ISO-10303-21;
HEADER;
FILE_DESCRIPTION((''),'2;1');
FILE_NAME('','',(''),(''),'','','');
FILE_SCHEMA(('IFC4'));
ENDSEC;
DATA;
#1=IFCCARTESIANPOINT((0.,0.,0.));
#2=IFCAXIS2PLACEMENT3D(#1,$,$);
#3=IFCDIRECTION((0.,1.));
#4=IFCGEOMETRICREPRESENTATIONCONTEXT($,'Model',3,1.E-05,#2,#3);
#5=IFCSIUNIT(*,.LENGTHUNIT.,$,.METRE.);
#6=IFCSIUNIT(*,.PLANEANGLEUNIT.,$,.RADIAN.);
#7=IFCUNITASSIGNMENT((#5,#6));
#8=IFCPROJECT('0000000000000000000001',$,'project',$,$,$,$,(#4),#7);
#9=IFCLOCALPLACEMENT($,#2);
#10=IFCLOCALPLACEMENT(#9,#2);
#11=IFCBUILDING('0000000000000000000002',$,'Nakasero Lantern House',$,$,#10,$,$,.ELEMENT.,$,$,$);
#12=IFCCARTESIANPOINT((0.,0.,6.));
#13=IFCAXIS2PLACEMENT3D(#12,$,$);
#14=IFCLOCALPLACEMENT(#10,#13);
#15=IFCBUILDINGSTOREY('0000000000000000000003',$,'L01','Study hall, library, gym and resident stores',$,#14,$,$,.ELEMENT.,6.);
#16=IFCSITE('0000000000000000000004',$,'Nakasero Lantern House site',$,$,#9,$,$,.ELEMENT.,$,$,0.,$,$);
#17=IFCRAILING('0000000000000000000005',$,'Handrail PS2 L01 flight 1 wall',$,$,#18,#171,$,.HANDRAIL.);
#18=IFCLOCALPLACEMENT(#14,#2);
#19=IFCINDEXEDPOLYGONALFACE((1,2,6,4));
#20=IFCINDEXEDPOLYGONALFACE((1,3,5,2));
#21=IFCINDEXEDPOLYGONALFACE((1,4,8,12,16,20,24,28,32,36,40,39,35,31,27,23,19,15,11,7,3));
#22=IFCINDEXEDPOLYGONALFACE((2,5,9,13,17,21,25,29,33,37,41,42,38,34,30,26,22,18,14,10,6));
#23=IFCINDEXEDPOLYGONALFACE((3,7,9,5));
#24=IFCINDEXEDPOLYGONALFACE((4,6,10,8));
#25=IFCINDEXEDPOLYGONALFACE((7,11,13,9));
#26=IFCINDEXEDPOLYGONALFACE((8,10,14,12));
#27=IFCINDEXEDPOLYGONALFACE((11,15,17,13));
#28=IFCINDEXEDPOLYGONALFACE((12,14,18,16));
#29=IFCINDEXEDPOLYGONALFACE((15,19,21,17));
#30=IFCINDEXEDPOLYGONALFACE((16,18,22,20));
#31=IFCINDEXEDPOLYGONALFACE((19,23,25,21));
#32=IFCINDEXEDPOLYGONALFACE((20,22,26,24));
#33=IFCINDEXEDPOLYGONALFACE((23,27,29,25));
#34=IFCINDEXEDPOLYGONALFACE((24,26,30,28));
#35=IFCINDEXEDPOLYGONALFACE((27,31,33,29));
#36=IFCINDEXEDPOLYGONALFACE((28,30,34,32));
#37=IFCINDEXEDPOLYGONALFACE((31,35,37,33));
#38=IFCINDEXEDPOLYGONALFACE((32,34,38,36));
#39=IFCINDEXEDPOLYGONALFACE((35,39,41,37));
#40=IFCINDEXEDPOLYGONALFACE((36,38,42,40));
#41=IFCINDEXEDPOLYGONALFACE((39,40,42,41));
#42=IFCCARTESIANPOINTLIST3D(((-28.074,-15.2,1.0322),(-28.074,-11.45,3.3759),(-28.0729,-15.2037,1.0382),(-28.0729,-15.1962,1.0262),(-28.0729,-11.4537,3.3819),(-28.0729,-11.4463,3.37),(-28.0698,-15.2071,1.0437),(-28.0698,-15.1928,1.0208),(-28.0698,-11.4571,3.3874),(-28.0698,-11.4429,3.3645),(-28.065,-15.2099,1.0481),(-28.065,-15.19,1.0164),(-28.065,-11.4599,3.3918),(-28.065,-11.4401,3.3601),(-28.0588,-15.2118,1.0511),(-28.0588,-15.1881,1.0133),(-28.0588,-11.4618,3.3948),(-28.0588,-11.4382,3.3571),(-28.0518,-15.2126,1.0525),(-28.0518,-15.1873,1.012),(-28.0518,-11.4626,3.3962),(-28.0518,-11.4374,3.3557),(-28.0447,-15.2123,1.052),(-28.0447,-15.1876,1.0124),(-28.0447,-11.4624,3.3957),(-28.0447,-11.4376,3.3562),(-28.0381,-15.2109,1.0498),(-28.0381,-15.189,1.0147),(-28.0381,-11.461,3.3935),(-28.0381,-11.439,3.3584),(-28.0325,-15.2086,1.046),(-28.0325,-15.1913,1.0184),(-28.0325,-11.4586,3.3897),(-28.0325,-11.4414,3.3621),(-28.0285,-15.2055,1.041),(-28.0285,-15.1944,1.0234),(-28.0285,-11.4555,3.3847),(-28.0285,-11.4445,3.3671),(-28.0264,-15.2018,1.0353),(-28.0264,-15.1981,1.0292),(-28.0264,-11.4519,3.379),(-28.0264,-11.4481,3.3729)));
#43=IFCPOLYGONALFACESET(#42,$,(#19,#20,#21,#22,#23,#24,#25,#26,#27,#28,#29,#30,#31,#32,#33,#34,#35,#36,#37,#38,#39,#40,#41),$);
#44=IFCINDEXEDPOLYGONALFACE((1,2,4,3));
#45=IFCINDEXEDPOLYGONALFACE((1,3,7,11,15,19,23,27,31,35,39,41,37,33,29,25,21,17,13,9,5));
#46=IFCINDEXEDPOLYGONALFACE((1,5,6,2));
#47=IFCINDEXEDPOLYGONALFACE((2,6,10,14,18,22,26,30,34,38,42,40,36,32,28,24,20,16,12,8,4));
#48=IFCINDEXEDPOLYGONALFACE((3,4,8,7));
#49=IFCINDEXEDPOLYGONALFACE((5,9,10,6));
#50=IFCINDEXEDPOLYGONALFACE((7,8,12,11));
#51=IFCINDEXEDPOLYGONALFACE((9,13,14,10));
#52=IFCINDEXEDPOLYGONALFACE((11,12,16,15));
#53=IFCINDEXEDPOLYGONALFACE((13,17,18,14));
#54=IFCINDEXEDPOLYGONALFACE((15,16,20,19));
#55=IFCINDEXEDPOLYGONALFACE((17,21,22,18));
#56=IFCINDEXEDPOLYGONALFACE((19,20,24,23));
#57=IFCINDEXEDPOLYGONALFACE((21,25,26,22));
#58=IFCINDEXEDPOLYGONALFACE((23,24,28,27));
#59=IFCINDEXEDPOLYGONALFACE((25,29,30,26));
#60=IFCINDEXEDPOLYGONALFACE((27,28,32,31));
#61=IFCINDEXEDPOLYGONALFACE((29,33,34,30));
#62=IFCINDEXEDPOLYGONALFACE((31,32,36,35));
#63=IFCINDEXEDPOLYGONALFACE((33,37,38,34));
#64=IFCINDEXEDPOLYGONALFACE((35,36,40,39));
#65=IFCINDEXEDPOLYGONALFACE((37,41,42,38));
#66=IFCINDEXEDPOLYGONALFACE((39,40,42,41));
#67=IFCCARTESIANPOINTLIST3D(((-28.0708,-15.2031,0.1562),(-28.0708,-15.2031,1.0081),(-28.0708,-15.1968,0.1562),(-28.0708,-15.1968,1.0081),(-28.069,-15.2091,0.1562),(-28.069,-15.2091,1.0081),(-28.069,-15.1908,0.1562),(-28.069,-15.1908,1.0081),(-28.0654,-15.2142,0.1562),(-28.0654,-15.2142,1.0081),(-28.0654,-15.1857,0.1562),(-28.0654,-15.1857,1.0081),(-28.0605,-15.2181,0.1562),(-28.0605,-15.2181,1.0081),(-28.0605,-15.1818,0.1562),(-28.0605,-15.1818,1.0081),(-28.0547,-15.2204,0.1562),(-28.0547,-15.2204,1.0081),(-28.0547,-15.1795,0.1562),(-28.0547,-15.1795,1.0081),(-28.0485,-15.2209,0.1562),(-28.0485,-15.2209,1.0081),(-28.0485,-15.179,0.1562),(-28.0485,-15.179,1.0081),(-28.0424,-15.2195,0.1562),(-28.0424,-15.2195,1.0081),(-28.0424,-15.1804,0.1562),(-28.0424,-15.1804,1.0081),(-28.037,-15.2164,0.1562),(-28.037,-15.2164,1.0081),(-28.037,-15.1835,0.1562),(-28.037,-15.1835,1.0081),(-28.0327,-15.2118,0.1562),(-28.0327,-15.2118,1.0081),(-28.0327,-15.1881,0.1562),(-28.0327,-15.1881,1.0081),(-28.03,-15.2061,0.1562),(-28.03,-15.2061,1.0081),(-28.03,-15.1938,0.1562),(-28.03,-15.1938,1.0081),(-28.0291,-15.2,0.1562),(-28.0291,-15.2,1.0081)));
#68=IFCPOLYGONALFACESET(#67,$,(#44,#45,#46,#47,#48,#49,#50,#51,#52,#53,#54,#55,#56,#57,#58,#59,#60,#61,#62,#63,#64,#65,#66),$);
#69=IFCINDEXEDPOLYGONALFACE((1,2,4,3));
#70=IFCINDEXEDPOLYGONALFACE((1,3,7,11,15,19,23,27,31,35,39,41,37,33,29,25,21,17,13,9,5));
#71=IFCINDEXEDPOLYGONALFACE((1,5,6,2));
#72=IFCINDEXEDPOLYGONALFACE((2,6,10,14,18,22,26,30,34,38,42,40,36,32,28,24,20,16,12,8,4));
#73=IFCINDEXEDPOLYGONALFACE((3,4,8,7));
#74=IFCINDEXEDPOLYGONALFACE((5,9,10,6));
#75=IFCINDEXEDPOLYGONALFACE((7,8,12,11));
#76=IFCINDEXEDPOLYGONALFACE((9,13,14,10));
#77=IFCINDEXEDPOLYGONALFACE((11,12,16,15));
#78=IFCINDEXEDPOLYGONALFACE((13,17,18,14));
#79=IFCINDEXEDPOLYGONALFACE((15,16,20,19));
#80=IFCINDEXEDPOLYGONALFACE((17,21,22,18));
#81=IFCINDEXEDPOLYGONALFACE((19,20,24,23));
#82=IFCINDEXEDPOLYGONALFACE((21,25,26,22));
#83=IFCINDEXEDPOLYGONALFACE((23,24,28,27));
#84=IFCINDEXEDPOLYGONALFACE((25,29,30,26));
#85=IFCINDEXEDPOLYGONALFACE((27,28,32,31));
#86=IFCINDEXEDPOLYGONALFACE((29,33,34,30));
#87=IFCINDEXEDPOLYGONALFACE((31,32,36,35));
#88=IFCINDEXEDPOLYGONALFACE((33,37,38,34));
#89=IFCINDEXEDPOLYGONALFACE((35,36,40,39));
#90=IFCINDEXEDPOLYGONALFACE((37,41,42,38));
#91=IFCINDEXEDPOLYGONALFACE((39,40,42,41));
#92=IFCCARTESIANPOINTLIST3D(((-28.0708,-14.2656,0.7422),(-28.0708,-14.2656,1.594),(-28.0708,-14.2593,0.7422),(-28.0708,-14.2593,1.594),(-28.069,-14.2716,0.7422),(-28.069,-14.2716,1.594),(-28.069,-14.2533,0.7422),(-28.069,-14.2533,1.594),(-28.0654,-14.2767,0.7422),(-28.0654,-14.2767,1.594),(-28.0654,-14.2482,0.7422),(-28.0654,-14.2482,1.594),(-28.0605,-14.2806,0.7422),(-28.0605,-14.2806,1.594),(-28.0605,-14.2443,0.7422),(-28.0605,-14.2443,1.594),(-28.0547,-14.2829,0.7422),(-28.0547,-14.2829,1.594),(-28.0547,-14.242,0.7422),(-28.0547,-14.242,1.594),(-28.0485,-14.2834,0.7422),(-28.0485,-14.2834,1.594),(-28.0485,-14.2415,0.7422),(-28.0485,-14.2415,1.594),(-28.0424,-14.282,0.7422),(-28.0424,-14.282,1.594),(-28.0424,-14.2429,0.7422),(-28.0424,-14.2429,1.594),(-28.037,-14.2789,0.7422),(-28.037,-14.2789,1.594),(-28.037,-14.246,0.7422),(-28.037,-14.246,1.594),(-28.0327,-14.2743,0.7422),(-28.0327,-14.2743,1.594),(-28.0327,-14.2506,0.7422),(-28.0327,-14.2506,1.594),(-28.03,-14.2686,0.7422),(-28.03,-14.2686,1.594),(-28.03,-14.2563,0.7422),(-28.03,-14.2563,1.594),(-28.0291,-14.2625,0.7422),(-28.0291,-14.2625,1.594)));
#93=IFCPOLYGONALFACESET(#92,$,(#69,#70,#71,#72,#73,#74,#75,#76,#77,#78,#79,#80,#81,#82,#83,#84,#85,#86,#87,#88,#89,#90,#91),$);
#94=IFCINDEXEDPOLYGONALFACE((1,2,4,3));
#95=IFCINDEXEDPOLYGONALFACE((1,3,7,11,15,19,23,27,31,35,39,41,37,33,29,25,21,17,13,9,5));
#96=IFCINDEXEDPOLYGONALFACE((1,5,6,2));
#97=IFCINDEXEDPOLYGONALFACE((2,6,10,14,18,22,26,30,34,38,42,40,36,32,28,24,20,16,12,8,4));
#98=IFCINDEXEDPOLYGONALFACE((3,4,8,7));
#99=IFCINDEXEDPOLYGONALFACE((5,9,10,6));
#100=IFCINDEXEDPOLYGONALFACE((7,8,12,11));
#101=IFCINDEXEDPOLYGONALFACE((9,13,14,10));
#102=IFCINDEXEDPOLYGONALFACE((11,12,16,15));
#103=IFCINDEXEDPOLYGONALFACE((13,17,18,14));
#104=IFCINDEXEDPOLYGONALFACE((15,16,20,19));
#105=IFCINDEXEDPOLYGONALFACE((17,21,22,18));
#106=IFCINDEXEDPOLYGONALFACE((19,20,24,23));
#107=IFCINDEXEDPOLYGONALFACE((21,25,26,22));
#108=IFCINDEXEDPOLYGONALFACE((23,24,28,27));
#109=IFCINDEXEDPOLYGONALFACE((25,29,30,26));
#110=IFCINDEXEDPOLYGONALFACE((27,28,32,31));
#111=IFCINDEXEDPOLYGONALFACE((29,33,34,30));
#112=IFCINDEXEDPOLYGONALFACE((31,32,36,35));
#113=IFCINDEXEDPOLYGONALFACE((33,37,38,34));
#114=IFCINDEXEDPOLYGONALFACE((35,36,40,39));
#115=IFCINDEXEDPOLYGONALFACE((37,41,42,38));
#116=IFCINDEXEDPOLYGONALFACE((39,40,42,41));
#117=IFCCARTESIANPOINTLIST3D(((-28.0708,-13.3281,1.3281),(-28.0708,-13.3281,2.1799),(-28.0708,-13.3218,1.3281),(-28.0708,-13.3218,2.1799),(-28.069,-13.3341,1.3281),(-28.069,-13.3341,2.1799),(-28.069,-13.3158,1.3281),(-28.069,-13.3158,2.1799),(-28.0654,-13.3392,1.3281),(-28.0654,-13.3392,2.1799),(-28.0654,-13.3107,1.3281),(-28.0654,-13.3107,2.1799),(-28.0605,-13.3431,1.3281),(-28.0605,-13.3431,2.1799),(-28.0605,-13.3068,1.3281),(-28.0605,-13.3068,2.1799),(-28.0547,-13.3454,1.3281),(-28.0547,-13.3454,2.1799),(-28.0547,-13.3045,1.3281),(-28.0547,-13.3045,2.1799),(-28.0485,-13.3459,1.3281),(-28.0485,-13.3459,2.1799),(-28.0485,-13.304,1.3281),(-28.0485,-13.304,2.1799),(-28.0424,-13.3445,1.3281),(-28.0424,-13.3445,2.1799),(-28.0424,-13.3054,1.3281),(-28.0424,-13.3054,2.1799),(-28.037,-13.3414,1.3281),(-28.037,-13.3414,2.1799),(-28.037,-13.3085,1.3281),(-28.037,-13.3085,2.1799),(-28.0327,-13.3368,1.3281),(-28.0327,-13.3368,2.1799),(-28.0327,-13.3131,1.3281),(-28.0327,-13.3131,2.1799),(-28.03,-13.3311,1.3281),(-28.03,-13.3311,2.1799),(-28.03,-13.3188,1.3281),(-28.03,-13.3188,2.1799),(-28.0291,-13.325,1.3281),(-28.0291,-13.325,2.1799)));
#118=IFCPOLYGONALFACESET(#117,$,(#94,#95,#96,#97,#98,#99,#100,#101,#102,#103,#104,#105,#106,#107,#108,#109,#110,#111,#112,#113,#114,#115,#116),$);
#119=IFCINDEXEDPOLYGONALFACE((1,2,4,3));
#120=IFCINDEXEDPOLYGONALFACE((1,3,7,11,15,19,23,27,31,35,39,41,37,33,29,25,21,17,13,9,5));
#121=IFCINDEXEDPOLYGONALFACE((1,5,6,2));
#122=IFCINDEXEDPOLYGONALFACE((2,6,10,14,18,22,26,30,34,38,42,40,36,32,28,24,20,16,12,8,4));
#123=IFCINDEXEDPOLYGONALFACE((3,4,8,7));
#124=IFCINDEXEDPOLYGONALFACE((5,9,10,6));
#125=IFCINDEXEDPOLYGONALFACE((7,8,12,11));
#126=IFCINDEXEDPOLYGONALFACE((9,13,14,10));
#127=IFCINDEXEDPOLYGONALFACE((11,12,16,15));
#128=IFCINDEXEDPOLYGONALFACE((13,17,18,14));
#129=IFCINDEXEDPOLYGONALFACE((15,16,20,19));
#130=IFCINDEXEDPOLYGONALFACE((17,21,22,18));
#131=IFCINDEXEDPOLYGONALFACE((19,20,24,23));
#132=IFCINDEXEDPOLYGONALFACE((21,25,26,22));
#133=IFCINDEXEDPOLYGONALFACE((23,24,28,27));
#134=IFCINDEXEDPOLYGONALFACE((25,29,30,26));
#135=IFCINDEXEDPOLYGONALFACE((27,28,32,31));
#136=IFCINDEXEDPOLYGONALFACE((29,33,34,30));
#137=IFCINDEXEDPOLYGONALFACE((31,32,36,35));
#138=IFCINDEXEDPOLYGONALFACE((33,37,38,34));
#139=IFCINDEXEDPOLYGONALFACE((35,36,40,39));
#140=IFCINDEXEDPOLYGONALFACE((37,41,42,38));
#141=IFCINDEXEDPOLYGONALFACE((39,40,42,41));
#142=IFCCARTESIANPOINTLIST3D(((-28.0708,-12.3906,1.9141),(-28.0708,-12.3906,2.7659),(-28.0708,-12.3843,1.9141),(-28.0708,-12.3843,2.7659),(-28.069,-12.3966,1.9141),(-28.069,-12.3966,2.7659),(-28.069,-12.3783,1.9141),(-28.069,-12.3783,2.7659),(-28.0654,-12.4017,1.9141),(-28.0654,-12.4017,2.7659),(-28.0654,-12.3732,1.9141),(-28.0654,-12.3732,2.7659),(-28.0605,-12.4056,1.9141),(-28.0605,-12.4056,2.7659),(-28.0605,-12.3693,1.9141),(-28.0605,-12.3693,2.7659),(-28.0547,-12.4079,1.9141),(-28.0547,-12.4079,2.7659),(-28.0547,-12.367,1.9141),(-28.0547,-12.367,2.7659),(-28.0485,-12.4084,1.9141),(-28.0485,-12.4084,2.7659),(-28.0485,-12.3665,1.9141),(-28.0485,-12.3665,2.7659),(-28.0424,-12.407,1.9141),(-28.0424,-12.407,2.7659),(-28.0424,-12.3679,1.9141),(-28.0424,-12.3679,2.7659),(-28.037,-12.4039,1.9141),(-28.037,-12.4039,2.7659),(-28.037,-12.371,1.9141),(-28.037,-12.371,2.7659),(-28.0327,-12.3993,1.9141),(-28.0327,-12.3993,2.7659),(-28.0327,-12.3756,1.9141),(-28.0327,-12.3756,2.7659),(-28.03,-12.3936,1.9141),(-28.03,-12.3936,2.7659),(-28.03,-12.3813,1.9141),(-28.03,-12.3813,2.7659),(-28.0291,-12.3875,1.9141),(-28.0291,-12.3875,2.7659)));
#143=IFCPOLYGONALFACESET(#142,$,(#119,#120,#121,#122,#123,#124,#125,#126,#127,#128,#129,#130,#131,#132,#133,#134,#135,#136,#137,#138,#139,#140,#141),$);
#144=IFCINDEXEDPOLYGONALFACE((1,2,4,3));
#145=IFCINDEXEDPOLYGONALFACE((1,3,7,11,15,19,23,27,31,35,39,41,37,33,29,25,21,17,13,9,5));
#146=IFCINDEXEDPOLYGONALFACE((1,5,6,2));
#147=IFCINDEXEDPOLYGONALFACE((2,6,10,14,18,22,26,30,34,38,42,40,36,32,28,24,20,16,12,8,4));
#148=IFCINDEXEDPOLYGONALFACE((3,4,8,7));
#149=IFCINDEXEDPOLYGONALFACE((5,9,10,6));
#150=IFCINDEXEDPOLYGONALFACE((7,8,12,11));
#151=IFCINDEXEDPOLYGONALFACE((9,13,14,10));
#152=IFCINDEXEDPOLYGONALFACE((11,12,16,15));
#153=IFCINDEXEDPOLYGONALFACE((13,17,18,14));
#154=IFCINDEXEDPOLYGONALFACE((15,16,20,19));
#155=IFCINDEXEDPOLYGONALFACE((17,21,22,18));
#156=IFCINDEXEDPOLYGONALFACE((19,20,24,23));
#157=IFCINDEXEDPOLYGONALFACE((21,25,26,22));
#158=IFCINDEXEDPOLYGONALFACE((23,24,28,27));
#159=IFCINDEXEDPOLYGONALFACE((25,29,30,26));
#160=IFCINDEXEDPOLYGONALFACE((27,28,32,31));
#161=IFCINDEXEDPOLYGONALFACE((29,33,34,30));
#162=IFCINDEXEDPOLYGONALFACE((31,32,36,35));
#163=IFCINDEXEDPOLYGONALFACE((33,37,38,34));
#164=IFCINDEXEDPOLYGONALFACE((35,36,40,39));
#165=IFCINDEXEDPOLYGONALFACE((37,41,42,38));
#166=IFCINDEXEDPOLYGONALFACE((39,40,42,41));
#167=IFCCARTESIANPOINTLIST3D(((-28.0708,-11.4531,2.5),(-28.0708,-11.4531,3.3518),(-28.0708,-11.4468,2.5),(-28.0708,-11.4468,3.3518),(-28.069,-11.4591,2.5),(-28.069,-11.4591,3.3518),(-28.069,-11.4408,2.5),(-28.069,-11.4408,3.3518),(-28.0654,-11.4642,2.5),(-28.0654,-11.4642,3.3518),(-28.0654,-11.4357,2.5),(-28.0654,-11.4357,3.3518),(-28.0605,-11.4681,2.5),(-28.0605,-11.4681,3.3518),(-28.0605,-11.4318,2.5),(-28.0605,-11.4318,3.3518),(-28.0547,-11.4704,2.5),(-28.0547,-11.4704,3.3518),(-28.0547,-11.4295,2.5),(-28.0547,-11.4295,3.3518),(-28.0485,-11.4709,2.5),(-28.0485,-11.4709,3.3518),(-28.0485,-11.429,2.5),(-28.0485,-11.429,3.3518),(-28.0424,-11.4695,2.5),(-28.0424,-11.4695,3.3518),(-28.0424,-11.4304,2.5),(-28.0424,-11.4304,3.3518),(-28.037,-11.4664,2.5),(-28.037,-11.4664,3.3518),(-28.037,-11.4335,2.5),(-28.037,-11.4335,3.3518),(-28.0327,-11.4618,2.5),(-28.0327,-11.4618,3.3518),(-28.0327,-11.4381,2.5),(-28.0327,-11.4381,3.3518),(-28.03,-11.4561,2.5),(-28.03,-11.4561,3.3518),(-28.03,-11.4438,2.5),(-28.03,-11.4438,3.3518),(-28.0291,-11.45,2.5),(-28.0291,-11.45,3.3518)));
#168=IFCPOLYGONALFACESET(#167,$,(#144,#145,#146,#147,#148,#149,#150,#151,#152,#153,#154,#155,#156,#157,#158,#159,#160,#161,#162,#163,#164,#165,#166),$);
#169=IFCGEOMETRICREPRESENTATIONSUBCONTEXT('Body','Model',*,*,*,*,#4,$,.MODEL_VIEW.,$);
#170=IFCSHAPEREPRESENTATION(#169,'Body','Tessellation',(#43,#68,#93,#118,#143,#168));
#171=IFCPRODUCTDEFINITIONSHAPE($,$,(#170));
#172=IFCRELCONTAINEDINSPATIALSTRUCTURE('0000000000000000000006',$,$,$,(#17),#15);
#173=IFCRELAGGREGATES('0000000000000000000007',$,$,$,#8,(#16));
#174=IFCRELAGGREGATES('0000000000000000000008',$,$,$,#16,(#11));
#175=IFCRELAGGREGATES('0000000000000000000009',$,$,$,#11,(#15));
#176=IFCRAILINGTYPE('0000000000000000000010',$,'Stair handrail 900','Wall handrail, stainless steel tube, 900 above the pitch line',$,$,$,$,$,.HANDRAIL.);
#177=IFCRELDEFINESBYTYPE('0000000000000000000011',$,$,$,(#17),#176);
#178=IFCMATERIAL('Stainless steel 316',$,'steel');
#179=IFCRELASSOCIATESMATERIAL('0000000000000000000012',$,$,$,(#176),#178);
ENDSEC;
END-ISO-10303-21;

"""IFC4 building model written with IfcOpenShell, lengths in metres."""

from ifc_helpers import new_model, si_unit, direction, frame, origin, origin_2d, place, context, subcontext, project, spatial, circle, extrude, material, type_object, element, save


model = new_model("IFC4")

# Units and contexts
model_context = context("Model", 3, precision=1e-05, world=origin(), true_north=direction((0.0, 1.0)))
body_context = subcontext(model_context, "Body", "Model", "MODEL_VIEW")
ifc_project = project(units=[si_unit("LENGTHUNIT", "METRE"), si_unit("PLANEANGLEUNIT", "RADIAN")], contexts=[model_context])

# Site, building, storey
site_placement = place(None, origin())
site = spatial("IfcSite", under=ifc_project, at=site_placement, Name="Nakasero Lantern House site", CompositionType="ELEMENT", RefElevation=0.0)
building_placement = place(site_placement, origin())
building = spatial("IfcBuilding", under=site, at=building_placement, Name="Nakasero Lantern House", CompositionType="ELEMENT")
storey_placement = place(building_placement, frame((0.0, 0.0, 6.0)))
storey = spatial("IfcBuildingStorey", under=building, at=storey_placement, Name="L01", Description="Study hall, library, gym and resident stores", CompositionType="ELEMENT", Elevation=6.0)

# Railing
ifc_material_1 = material(Name="Stainless steel 316", Category="steel")
railing_type = type_object("IfcRailingType", Name="Stair handrail 900", Description="Wall handrail, stainless steel tube, 900 above the pitch line", PredefinedType="HANDRAIL", material=ifc_material_1)
for number, where, name in (
    (1, (-28.05, -15.2, 0.1562), "Handrail PS2 L01 flight 1 wall"),
):
    element("IfcRailing", number, at=place(storey_placement, frame(where)), inside=storey, type_object=railing_type, Name=name, PredefinedType="HANDRAIL", context=body_context, shape_type="SweptSolid", body=[
        extrude(circle(Radius=0.0239, at=origin_2d()), frame((0.0, 0.0, 0.876), z_axis=(0.0, 0.847998, 0.529999), x_axis=(-1.0, 0.0, 0.0)), (0.0, 0.0, 1.0), 4.4221),
        extrude(circle(Radius=0.021, at=origin_2d()), origin(), (0.0, 0.0, 1.0), 0.8518),
        extrude(circle(Radius=0.021, at=origin_2d()), frame((0.0, 0.9375, 0.5859)), (0.0, 0.0, 1.0), 0.8518),
        extrude(circle(Radius=0.021, at=origin_2d()), frame((0.0, 1.875, 1.1719)), (0.0, 0.0, 1.0), 0.8518),
        extrude(circle(Radius=0.021, at=origin_2d()), frame((0.0, 2.8125, 1.7578)), (0.0, 0.0, 1.0), 0.8518),
        extrude(circle(Radius=0.021, at=origin_2d()), frame((0.0, 3.75, 2.3438)), (0.0, 0.0, 1.0), 0.8518),
    ])

save(model, "model.ifc")
